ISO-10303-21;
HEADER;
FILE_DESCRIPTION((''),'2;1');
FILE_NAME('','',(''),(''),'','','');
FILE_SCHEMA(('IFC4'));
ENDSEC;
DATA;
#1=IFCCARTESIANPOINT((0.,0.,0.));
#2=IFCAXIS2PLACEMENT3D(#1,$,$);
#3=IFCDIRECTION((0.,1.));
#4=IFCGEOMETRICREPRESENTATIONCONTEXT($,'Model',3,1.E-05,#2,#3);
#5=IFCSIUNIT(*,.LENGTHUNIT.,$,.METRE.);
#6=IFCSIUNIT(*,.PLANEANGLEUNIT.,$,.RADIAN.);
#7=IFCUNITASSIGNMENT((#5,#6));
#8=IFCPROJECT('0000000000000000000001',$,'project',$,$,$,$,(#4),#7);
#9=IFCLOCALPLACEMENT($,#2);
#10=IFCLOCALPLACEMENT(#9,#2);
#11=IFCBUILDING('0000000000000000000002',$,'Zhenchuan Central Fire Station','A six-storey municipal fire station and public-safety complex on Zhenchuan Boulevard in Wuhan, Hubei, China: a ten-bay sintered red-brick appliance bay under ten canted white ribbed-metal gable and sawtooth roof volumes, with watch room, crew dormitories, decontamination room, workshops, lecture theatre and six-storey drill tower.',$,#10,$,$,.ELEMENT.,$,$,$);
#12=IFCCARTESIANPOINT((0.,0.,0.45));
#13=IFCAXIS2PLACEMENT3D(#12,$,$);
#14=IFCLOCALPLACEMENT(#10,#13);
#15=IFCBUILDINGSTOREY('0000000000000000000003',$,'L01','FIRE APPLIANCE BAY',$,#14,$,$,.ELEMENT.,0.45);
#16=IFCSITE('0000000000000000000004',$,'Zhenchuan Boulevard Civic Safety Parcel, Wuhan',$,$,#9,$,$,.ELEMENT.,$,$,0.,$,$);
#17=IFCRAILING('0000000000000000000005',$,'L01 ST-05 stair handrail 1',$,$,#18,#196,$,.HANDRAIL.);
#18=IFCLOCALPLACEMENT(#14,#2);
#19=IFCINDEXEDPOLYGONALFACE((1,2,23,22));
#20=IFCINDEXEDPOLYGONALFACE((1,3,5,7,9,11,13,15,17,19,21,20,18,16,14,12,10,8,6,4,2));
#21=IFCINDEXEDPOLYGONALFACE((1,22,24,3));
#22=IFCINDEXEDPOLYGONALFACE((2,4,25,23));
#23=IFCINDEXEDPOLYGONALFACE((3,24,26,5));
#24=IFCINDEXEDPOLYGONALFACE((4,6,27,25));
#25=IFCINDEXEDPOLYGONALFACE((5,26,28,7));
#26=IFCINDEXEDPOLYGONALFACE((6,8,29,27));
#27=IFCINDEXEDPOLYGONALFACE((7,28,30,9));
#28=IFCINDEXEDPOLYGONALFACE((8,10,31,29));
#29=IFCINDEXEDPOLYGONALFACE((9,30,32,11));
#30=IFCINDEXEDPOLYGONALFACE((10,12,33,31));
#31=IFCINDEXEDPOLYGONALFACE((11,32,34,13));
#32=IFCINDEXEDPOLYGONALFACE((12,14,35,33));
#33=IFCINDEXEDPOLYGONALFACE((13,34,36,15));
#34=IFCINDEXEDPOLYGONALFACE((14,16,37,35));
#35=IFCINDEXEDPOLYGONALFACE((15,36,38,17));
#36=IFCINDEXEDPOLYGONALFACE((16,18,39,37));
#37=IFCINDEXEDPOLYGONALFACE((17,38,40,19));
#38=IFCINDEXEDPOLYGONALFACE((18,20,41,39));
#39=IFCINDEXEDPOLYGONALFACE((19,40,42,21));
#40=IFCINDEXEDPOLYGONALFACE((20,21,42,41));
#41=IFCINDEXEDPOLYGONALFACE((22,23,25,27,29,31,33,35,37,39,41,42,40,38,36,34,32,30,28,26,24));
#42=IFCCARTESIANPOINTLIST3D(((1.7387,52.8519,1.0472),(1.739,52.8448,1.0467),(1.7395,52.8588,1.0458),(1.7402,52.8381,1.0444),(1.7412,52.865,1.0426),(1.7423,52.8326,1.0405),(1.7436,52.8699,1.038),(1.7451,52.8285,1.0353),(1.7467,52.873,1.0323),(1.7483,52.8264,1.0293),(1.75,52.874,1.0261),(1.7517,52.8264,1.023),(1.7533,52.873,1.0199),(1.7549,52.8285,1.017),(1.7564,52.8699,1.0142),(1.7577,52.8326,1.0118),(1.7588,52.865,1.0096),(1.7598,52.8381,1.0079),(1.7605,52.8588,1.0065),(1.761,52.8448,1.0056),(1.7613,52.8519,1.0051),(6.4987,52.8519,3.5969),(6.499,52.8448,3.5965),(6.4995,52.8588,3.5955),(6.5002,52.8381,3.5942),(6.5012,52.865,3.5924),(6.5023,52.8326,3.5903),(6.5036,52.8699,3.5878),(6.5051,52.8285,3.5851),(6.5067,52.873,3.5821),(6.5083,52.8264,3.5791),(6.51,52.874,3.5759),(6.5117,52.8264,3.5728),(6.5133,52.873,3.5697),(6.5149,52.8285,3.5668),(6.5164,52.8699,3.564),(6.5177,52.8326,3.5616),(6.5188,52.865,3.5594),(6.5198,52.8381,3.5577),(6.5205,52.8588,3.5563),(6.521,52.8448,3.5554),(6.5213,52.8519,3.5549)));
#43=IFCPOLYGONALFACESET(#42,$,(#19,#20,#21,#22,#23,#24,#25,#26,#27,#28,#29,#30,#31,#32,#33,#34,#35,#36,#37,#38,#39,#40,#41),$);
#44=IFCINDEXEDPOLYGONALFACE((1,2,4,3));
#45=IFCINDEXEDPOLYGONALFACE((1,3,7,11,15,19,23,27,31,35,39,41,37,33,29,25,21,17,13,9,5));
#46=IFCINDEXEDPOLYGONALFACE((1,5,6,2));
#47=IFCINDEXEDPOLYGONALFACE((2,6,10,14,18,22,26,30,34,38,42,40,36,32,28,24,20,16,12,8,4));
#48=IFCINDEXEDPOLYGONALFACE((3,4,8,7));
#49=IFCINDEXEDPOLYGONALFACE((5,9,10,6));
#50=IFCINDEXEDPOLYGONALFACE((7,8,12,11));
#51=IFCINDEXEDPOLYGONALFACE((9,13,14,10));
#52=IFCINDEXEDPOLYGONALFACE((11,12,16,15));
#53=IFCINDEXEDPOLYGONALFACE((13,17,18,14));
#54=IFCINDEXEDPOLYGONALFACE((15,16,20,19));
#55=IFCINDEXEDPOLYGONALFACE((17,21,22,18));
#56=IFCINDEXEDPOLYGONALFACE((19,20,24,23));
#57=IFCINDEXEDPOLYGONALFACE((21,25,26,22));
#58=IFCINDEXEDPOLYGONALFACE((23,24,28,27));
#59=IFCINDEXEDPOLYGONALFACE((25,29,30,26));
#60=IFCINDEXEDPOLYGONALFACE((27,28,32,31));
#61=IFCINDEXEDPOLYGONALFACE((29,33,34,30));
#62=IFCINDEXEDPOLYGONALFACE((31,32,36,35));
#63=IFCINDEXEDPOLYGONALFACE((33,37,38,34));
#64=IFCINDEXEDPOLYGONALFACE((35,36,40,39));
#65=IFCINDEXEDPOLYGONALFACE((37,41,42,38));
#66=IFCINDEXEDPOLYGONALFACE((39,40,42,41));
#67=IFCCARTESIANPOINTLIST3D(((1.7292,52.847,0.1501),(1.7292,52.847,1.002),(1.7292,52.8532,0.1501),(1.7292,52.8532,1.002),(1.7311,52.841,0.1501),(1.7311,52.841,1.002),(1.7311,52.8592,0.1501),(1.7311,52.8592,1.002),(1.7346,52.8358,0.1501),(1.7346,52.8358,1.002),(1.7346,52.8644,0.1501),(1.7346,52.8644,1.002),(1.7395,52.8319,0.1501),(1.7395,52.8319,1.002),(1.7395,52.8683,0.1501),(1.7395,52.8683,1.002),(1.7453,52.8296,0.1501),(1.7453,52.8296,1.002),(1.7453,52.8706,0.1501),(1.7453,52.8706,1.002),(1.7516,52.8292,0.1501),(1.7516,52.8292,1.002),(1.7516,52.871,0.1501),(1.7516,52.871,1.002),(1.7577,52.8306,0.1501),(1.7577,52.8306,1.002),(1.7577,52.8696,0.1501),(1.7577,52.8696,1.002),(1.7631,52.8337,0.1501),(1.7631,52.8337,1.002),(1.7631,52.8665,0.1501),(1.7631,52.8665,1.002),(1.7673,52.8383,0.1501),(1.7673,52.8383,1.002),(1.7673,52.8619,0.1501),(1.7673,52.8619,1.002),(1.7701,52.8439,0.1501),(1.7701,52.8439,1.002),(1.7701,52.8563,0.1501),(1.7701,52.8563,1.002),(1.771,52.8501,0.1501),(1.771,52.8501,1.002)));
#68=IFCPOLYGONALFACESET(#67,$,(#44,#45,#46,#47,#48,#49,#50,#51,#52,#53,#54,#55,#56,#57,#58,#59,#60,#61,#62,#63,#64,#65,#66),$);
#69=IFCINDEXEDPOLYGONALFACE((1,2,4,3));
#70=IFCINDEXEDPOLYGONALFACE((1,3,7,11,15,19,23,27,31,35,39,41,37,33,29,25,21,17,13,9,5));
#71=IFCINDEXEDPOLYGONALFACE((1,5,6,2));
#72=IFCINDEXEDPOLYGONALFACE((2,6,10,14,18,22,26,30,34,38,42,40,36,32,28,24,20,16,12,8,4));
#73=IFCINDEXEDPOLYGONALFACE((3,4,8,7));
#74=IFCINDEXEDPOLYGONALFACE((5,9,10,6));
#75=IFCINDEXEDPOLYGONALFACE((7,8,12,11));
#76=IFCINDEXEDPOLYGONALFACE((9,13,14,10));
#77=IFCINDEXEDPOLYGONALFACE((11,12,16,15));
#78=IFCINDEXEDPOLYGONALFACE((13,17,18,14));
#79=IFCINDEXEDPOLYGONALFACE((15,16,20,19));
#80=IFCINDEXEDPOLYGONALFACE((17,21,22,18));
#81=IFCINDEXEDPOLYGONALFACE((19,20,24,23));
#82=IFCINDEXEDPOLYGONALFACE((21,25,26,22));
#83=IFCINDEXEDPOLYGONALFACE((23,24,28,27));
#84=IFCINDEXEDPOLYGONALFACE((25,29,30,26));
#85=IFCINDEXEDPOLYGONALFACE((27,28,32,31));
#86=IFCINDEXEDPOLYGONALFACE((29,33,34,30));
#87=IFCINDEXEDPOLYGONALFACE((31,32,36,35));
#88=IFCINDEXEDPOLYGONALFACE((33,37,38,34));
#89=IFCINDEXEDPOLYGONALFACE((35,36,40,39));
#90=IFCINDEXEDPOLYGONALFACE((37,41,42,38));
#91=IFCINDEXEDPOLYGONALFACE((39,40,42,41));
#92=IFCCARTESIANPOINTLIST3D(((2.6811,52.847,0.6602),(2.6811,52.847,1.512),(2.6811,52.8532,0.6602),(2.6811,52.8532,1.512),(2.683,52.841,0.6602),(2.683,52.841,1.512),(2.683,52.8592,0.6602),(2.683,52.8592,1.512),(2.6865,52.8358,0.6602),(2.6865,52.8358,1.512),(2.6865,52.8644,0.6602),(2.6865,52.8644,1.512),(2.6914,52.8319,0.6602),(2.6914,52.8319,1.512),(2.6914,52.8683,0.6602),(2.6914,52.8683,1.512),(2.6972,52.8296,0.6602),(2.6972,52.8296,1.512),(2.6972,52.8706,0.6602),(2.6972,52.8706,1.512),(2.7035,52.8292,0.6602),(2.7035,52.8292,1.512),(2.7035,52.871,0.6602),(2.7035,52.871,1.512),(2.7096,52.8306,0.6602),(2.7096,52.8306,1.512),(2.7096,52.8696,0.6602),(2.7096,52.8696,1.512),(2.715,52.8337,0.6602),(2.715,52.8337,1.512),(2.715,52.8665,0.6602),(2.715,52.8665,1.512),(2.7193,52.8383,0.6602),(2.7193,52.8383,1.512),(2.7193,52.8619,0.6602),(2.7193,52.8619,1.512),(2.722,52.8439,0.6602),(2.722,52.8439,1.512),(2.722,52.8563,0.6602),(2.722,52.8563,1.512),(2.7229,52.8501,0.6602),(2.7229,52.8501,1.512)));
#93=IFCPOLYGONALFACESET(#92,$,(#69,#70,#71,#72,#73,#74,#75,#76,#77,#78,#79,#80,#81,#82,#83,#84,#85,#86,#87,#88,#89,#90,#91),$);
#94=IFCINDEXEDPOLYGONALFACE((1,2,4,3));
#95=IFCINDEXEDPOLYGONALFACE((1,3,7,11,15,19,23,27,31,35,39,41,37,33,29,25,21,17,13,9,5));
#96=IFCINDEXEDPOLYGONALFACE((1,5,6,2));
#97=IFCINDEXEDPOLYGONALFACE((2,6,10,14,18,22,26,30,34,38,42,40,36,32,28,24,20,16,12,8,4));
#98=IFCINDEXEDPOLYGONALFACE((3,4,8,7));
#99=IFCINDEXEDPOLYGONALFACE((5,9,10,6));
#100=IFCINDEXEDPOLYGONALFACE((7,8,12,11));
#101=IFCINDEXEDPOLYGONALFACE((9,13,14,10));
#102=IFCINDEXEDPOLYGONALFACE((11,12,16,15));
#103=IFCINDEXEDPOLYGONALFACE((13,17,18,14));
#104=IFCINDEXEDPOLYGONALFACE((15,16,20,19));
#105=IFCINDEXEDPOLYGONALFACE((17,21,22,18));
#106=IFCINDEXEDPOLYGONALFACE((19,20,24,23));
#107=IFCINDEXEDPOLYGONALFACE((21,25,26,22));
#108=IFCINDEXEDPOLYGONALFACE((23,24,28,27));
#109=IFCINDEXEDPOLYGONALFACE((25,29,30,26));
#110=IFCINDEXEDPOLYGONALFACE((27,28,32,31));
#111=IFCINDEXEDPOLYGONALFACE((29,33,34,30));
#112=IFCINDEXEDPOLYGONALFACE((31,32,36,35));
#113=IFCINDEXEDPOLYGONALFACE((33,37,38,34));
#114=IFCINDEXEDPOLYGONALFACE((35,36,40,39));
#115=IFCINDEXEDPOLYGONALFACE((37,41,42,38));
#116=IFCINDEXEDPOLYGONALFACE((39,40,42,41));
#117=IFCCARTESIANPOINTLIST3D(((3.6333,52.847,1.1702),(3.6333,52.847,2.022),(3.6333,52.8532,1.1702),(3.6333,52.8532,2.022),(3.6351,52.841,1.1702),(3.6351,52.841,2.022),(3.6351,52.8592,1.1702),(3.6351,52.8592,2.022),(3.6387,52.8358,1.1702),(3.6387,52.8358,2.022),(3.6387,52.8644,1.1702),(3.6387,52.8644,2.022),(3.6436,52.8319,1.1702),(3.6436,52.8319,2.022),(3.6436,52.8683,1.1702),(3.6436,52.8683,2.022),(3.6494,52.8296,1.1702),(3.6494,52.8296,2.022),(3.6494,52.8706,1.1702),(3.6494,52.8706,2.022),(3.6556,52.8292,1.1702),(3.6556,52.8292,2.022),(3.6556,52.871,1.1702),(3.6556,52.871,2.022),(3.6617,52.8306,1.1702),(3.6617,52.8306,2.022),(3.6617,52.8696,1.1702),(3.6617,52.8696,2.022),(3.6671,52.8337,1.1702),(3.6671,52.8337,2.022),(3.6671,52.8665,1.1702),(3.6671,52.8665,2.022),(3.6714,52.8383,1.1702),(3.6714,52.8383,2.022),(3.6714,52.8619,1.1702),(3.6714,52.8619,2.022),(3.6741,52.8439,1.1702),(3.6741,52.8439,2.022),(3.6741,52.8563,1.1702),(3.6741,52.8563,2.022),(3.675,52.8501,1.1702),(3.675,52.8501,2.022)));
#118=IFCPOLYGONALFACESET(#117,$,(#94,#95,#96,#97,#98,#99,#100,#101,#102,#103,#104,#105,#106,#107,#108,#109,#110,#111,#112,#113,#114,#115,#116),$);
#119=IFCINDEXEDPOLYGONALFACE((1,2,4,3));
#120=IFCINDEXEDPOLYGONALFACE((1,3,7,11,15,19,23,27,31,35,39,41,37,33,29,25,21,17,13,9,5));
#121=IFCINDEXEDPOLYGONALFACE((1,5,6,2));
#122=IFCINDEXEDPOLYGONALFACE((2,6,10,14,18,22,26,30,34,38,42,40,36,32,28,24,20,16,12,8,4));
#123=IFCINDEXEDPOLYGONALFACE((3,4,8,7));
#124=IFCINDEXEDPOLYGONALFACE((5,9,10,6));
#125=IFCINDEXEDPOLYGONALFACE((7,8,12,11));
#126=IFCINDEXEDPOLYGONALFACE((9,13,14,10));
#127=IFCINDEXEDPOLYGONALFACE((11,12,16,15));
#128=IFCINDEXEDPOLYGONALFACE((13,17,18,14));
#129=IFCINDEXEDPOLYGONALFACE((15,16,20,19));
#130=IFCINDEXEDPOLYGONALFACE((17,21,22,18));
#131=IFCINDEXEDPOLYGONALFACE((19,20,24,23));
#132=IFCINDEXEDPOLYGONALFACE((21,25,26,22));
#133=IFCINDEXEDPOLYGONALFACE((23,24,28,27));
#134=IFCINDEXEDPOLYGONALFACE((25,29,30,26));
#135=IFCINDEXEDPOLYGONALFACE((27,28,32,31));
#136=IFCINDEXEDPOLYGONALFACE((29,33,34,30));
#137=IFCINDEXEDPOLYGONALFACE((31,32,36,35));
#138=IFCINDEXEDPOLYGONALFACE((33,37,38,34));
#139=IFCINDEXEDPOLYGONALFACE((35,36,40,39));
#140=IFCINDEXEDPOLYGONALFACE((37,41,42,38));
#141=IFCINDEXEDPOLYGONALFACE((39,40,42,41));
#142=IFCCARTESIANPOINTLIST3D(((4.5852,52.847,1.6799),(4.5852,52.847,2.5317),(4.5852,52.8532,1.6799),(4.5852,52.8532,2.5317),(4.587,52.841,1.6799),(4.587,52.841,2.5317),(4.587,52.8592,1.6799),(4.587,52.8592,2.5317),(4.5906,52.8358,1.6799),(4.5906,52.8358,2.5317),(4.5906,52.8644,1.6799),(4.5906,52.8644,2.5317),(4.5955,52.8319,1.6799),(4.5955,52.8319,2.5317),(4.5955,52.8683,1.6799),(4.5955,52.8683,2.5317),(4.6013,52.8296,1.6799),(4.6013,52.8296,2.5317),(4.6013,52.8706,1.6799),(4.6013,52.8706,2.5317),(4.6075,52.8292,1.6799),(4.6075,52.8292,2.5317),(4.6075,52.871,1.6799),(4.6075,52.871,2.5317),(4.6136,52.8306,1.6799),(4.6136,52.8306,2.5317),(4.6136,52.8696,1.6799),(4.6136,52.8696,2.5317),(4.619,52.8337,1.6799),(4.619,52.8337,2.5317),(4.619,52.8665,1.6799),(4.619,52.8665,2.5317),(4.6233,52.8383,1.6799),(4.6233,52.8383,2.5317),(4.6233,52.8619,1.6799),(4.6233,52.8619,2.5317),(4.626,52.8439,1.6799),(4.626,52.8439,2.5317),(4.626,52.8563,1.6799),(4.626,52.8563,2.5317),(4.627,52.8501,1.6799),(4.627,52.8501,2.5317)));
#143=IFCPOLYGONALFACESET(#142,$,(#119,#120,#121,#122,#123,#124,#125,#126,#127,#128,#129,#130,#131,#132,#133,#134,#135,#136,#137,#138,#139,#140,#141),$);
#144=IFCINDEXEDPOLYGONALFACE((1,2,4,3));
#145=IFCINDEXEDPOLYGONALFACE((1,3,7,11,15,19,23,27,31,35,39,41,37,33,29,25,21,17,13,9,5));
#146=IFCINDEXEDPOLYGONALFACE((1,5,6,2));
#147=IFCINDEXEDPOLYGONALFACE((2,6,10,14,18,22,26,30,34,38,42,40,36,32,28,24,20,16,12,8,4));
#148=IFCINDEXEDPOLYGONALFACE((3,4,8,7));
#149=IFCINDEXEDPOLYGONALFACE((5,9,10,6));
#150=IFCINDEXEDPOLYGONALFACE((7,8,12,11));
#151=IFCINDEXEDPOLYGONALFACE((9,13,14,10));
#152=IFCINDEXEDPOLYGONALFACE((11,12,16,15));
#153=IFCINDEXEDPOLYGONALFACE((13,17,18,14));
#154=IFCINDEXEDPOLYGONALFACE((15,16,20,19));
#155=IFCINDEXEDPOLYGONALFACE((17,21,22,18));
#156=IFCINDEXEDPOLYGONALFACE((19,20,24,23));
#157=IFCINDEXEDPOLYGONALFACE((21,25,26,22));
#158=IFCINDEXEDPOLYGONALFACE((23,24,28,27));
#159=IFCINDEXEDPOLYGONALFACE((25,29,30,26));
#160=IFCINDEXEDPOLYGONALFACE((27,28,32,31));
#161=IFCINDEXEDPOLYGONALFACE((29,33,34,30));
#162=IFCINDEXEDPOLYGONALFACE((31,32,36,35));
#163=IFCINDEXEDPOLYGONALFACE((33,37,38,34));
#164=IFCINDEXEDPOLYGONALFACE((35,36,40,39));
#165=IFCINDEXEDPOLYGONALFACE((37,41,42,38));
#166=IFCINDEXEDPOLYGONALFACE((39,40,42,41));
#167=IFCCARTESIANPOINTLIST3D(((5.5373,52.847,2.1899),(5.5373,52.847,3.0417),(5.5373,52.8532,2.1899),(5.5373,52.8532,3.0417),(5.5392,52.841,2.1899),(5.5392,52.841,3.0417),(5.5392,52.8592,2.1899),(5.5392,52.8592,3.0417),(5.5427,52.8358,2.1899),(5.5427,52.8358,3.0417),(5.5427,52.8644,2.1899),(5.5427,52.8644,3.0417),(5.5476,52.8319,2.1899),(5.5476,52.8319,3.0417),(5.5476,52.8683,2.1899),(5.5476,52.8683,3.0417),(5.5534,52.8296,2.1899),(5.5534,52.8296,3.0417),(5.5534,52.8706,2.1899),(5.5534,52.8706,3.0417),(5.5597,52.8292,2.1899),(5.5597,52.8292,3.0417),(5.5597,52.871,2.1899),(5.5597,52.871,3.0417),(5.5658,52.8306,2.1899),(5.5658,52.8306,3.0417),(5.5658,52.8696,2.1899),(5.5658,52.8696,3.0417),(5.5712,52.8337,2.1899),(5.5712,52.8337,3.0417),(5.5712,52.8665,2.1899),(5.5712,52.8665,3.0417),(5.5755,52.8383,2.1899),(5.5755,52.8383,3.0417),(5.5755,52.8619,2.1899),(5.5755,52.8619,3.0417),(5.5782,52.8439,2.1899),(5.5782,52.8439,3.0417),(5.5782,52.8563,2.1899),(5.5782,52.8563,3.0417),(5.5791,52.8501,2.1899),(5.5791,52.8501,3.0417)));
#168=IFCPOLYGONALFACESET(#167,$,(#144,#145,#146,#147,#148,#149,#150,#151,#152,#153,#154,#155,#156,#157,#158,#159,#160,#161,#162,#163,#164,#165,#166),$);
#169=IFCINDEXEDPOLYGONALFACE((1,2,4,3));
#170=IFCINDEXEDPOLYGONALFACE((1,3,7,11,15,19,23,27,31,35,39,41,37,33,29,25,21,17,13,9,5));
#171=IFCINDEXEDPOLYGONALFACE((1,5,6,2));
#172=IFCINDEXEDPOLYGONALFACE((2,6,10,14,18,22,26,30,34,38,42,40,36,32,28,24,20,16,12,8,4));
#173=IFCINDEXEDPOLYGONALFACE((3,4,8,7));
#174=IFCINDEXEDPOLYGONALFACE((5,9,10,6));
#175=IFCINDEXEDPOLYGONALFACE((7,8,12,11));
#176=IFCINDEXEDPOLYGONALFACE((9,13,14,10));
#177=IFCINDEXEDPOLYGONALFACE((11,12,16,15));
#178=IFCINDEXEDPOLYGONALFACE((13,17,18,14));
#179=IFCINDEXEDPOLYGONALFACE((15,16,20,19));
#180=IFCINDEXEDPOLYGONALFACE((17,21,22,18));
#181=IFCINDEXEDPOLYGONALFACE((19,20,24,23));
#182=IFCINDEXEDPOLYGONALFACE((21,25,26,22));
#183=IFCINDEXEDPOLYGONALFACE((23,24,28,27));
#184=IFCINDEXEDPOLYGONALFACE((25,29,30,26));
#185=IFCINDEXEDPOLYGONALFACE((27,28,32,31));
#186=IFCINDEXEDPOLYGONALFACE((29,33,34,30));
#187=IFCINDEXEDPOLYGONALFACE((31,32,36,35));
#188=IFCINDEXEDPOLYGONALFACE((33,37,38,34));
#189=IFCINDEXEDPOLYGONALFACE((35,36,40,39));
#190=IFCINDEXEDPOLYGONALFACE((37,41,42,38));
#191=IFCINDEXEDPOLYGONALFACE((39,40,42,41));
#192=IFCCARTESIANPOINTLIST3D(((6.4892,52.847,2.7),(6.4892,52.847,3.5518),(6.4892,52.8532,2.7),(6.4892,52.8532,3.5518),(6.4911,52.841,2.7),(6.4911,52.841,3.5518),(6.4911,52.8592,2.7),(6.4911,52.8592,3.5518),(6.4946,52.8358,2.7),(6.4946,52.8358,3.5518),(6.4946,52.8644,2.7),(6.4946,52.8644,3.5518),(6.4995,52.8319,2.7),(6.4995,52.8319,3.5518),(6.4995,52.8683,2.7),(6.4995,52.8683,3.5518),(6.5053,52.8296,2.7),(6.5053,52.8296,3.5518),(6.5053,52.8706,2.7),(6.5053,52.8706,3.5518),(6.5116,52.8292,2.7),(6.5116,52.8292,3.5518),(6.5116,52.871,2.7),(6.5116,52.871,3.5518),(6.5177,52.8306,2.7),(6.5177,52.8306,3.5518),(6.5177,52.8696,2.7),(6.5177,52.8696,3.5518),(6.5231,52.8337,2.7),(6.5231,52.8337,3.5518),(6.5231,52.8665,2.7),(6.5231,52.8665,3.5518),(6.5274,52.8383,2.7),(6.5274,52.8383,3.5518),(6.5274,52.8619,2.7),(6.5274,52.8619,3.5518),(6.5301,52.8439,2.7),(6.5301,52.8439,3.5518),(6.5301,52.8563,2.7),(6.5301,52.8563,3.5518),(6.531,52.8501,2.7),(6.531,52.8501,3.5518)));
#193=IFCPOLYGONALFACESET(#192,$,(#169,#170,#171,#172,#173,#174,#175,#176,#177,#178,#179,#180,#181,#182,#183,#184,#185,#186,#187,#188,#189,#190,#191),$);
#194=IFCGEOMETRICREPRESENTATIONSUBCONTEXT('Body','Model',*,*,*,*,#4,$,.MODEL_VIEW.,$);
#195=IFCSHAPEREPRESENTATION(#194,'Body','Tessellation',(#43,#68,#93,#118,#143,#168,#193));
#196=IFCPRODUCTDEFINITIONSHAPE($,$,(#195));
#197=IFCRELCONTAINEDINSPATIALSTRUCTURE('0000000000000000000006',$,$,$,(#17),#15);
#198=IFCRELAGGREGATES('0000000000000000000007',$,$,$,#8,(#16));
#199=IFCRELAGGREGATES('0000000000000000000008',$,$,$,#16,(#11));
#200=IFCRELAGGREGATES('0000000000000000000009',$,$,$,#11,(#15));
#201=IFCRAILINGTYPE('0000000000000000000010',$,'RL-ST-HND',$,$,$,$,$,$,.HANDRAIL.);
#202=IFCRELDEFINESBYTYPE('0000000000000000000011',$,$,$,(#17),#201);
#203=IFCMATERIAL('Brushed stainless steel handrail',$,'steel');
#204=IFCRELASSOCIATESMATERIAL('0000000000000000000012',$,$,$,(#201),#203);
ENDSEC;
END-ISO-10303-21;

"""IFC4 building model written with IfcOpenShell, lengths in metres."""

from ifc_helpers import new_model, si_unit, direction, frame, origin, origin_2d, place, context, subcontext, project, spatial, circle, extrude, material, type_object, element, save


model = new_model("IFC4")

# Units and contexts
model_context = context("Model", 3, precision=1e-05, world=origin(), true_north=direction((0.0, 1.0)))
body_context = subcontext(model_context, "Body", "Model", "MODEL_VIEW")
ifc_project = project(units=[si_unit("LENGTHUNIT", "METRE"), si_unit("PLANEANGLEUNIT", "RADIAN")], contexts=[model_context])

# Site, building, storey
site_placement = place(None, origin())
site = spatial("IfcSite", under=ifc_project, at=site_placement, Name="Zhenchuan Boulevard Civic Safety Parcel, Wuhan", CompositionType="ELEMENT", RefElevation=0.0)
building_placement = place(site_placement, origin())
building = spatial("IfcBuilding", under=site, at=building_placement, Name="Zhenchuan Central Fire Station", Description="A six-storey municipal fire station and public-safety complex on Zhenchuan Boulevard in Wuhan, Hubei, China: a ten-bay sintered red-brick appliance bay under ten canted white ribbed-metal gable and sawtooth roof volumes, with watch room, crew dormitories, decontamination room, workshops, lecture theatre and six-storey drill tower.", CompositionType="ELEMENT")
storey_placement = place(building_placement, frame((0.0, 0.0, 0.45)))
storey = spatial("IfcBuildingStorey", under=building, at=storey_placement, Name="L01", Description="FIRE APPLIANCE BAY", CompositionType="ELEMENT", Elevation=0.45)

# Railing
ifc_material_1 = material(Name="Brushed stainless steel handrail", Category="steel")
railing_type_1 = type_object("IfcRailingType", Name="RL-ST-HND", PredefinedType="HANDRAIL", material=ifc_material_1)
railing_1_placement = place(storey_placement, frame((1.75, 52.8501, 0.1501)))
element("IfcRailing", 1, at=railing_1_placement, inside=storey, type_object=railing_type_1, Name="L01 ST-05 stair handrail 1", PredefinedType="HANDRAIL", context=body_context, shape_type="SweptSolid", body=[
    extrude(circle(Radius=0.0239, at=origin_2d()), frame((0.0, 0.0, 0.876), z_axis=(0.881495, 0.0, 0.472193), x_axis=(0.0, 1.0, 0.0)), (0.0, 0.0, 1.0), 5.3999),
    extrude(circle(Radius=0.021, at=origin_2d()), origin(), (0.0, 0.0, 1.0), 0.8518),
    extrude(circle(Radius=0.021, at=origin_2d()), frame((0.9519, 0.0, 0.51)), (0.0, 0.0, 1.0), 0.8518),
    extrude(circle(Radius=0.021, at=origin_2d()), frame((1.9041, 0.0, 1.02)), (0.0, 0.0, 1.0), 0.8518),
    extrude(circle(Radius=0.021, at=origin_2d()), frame((2.856, 0.0, 1.5298)), (0.0, 0.0, 1.0), 0.8518),
    extrude(circle(Radius=0.021, at=origin_2d()), frame((3.8081, 0.0, 2.0398)), (0.0, 0.0, 1.0), 0.8518),
    extrude(circle(Radius=0.021, at=origin_2d()), frame((4.76, 0.0, 2.5498)), (0.0, 0.0, 1.0), 0.8518),
])

save(model, "model.ifc")
